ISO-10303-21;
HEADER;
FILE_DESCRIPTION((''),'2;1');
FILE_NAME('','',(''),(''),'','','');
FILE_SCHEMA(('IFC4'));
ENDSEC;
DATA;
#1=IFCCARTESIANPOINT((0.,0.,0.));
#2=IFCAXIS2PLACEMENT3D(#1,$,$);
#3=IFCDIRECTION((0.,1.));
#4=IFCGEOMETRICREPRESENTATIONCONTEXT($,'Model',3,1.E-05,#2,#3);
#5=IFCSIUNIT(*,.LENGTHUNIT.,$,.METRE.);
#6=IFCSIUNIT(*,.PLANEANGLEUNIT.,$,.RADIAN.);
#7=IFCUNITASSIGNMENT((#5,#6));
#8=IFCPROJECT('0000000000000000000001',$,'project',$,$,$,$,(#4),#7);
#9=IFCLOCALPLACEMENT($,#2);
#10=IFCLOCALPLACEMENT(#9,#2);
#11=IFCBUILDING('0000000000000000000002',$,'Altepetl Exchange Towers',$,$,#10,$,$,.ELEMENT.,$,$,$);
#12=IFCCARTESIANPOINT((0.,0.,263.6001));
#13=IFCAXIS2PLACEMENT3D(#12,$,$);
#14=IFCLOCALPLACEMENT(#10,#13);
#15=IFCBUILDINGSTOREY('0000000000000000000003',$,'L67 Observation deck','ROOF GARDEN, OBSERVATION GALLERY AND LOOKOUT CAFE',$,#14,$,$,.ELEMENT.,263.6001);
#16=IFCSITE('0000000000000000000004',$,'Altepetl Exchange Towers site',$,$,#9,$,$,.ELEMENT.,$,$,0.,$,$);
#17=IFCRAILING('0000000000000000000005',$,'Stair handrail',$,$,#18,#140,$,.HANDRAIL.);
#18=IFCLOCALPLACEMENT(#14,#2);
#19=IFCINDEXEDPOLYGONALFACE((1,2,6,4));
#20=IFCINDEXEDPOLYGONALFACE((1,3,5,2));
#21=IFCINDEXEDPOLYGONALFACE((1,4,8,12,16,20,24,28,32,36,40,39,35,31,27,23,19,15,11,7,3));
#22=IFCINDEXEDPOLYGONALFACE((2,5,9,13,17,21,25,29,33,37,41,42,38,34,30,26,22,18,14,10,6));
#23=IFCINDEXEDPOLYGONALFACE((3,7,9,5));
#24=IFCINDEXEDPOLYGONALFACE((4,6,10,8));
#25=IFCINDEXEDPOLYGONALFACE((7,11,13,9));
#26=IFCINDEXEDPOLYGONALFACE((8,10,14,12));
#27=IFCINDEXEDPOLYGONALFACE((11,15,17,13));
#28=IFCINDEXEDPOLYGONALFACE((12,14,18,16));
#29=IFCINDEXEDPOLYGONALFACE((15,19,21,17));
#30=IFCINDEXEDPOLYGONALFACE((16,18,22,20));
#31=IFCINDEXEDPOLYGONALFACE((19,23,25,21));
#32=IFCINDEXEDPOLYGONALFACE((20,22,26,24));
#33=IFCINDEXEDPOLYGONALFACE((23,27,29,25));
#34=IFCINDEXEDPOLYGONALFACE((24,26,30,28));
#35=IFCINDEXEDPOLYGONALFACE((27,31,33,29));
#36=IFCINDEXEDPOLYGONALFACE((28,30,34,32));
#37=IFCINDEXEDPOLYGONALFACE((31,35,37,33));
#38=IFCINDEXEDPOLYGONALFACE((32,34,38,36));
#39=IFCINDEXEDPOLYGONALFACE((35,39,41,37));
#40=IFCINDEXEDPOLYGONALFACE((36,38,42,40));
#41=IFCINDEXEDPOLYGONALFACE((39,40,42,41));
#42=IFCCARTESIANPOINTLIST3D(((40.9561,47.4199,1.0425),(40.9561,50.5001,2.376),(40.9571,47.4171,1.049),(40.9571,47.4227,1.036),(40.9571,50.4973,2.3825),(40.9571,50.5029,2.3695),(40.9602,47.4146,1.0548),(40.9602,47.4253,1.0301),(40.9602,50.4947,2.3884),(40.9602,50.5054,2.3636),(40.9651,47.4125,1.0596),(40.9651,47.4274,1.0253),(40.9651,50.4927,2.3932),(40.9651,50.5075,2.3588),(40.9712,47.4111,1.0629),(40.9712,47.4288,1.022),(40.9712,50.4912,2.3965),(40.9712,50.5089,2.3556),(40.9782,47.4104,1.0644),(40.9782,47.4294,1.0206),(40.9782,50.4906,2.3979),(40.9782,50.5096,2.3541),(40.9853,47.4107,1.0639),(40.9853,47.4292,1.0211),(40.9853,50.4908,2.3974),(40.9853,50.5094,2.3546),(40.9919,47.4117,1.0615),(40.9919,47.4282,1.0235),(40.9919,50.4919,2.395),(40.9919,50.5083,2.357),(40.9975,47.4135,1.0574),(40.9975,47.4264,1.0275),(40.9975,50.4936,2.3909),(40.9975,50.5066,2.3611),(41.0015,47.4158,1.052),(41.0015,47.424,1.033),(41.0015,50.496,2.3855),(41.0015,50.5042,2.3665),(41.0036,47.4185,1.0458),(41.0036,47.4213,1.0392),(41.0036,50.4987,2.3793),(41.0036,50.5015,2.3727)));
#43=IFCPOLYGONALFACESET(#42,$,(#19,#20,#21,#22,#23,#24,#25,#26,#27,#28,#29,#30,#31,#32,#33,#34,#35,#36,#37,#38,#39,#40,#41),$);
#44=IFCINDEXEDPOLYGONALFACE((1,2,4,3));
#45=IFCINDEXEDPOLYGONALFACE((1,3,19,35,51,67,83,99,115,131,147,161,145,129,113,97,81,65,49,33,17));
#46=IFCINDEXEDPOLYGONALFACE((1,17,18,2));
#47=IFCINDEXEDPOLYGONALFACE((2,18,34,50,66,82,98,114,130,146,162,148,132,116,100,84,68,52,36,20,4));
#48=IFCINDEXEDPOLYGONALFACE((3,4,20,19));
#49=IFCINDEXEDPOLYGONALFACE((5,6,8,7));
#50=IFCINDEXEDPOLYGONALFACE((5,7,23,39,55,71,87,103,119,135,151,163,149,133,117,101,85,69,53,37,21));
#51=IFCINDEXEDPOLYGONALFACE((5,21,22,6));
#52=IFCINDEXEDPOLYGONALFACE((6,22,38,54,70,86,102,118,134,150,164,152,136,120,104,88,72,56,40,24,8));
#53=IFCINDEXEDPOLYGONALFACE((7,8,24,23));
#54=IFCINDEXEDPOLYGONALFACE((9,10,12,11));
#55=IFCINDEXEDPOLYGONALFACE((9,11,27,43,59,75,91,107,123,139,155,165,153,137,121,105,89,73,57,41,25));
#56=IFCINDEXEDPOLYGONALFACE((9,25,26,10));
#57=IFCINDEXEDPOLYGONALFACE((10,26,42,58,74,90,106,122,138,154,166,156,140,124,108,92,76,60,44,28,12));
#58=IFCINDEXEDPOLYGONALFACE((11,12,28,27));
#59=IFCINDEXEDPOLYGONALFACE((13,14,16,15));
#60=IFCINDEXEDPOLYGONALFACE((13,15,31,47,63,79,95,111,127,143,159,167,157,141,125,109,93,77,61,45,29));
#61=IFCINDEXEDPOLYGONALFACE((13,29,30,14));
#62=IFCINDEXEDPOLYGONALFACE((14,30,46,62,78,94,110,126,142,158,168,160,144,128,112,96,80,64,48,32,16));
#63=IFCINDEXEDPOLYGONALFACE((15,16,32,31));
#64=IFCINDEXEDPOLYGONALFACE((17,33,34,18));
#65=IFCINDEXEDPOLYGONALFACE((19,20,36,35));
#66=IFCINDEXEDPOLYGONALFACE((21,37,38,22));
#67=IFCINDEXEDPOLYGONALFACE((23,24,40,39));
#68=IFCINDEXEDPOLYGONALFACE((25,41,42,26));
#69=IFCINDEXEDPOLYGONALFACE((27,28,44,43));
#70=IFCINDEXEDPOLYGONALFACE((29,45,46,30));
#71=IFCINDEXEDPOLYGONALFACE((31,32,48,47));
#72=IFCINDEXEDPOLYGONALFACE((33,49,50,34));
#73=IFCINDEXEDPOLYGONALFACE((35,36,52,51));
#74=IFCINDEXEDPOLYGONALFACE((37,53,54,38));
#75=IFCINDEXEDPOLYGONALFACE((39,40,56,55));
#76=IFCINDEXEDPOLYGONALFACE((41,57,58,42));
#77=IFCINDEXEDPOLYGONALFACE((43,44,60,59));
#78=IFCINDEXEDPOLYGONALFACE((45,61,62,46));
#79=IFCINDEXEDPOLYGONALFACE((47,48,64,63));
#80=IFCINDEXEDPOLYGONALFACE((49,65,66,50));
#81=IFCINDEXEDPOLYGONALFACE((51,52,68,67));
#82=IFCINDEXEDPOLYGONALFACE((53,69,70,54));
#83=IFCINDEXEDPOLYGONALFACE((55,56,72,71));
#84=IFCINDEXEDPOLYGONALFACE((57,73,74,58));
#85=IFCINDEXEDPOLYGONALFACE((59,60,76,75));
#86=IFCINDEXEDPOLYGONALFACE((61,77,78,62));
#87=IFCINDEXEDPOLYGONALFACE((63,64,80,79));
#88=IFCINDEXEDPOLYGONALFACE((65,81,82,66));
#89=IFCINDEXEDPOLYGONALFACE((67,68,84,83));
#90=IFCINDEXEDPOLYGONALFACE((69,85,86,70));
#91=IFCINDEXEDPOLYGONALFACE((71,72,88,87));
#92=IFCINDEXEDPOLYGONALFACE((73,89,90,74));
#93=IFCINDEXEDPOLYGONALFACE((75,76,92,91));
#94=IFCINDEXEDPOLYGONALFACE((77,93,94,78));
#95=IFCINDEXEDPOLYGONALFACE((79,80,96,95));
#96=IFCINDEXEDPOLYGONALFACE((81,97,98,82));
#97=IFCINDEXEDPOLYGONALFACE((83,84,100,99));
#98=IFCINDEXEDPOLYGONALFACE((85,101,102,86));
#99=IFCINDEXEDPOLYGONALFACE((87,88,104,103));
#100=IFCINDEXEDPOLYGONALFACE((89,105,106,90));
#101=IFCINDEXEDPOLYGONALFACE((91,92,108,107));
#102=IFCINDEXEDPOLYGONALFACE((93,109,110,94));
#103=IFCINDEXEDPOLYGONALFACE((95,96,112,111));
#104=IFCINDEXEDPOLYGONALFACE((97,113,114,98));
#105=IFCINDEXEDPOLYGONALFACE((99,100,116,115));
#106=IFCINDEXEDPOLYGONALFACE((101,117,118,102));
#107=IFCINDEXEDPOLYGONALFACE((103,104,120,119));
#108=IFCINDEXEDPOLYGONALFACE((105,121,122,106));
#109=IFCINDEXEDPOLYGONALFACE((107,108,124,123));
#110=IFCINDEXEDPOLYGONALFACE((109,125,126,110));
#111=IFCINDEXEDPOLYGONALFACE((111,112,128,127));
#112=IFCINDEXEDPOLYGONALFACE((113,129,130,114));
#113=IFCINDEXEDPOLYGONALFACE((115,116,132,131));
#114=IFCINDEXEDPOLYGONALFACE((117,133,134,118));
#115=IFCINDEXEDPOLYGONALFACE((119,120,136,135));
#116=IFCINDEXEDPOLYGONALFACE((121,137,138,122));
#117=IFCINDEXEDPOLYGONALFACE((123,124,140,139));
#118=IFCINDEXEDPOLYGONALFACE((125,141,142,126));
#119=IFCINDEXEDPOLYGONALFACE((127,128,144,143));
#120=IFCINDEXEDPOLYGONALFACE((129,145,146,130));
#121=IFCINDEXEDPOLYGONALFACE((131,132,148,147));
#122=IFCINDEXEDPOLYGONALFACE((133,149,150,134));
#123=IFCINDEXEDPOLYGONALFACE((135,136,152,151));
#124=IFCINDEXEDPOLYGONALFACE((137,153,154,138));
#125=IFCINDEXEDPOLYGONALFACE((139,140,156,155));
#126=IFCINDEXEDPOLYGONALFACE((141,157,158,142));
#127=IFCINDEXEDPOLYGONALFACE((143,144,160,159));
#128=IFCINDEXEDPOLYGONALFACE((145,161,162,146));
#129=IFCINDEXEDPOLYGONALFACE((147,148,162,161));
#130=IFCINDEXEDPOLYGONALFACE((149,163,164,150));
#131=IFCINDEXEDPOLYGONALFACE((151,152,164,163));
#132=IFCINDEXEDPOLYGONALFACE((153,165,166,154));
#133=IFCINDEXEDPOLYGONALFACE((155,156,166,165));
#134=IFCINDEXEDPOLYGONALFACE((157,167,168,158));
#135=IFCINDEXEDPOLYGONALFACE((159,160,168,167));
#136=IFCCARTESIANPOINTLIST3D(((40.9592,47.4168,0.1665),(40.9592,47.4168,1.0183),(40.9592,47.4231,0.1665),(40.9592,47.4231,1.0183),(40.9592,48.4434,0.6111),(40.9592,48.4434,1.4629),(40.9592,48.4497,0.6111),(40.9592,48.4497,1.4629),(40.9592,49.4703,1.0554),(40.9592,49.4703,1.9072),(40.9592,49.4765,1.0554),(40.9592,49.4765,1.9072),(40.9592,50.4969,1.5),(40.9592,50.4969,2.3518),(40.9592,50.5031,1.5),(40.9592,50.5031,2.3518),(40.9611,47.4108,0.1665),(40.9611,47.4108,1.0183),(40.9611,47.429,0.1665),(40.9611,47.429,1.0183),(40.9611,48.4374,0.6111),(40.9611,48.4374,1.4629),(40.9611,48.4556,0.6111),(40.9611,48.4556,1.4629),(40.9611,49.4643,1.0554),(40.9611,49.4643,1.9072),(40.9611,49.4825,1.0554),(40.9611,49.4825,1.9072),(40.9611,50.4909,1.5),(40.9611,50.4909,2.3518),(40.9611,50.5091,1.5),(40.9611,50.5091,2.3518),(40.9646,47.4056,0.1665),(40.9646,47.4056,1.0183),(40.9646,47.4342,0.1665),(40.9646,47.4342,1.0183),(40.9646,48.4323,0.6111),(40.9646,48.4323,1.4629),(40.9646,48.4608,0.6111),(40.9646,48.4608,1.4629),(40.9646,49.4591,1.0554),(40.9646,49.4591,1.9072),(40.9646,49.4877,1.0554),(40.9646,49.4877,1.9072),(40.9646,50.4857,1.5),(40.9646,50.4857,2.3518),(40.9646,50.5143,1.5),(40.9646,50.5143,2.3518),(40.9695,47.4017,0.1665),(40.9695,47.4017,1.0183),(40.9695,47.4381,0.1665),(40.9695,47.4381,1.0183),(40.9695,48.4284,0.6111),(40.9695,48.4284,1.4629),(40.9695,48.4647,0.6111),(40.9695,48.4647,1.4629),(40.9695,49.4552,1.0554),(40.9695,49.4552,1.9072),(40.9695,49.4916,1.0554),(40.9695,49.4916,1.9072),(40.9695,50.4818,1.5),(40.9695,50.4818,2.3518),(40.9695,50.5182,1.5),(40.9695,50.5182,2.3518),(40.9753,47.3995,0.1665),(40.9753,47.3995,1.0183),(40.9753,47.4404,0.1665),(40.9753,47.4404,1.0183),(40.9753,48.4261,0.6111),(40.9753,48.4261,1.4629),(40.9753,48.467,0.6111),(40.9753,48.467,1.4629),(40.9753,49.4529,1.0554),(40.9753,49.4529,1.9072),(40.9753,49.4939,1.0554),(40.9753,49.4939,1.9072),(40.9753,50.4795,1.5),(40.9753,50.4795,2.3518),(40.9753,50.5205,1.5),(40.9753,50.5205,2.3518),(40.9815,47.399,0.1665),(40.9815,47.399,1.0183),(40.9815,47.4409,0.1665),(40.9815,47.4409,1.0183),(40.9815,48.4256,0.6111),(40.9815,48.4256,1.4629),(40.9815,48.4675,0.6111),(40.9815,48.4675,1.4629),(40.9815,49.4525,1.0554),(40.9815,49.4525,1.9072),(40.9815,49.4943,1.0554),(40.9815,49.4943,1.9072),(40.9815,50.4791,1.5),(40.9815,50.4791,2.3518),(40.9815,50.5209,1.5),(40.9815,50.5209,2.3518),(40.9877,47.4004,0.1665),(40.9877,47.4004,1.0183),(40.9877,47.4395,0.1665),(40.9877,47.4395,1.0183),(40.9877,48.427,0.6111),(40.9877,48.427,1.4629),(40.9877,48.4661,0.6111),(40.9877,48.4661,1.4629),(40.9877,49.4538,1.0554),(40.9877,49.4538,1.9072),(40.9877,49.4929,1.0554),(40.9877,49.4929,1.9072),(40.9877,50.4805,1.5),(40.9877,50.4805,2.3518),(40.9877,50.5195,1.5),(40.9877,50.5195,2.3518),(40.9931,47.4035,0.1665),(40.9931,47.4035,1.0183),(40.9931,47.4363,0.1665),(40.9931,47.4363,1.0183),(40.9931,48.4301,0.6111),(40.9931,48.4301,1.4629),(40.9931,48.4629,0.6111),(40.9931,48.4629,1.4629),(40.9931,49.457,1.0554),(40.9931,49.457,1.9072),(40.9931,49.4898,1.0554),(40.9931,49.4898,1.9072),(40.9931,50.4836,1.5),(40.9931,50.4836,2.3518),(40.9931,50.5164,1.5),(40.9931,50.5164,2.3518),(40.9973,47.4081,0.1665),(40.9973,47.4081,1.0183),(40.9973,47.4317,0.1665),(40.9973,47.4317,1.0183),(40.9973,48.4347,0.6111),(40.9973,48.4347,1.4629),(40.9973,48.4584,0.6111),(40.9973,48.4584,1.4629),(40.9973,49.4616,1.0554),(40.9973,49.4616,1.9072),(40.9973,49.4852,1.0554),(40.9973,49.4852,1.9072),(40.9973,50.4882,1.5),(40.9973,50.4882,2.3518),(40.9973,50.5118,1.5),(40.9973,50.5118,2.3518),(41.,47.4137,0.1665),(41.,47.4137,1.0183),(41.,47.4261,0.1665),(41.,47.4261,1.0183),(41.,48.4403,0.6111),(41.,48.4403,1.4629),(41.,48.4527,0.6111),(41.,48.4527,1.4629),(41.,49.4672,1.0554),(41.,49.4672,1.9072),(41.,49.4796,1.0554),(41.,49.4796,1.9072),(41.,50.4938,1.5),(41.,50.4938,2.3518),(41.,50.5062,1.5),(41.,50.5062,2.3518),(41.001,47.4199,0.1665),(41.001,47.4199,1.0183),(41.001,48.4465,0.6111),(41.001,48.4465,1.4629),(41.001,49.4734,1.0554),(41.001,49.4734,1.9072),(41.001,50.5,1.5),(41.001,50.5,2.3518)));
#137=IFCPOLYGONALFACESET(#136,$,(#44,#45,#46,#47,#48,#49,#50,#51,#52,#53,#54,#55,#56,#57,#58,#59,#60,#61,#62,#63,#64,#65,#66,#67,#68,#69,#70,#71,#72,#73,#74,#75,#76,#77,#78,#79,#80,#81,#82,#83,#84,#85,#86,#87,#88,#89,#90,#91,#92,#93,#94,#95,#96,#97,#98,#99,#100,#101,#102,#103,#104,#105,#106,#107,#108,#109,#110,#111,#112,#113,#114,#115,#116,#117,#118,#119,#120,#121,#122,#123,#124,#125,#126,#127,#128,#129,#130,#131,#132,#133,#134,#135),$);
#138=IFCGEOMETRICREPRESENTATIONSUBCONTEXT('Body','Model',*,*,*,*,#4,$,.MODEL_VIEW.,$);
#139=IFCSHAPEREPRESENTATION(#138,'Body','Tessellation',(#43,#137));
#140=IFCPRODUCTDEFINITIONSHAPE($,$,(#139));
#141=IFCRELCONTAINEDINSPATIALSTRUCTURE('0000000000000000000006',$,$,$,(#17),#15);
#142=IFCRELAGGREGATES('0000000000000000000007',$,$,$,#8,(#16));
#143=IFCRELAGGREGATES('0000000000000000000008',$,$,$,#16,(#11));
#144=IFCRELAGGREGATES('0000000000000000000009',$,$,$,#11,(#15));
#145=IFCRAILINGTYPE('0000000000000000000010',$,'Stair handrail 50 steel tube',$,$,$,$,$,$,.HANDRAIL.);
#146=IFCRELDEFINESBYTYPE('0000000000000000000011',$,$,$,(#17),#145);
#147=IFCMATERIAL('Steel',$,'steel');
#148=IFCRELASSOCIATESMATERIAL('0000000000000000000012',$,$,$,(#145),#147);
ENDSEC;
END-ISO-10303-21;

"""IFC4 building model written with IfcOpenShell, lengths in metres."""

from ifc_helpers import new_model, si_unit, direction, frame, origin, origin_2d, place, context, subcontext, project, spatial, circle, extrude, source, transform, mapped, material, type_object, element, save


model = new_model("IFC4")

# Units and contexts
model_context = context("Model", 3, precision=1e-05, world=origin(), true_north=direction((0.0, 1.0)))
body_context = subcontext(model_context, "Body", "Model", "MODEL_VIEW")
ifc_project = project(units=[si_unit("LENGTHUNIT", "METRE"), si_unit("PLANEANGLEUNIT", "RADIAN")], contexts=[model_context])

# Site, building, storey
site_placement = place(None, origin())
site = spatial("IfcSite", under=ifc_project, at=site_placement, Name="Altepetl Exchange Towers site", CompositionType="ELEMENT", RefElevation=0.0)
building_placement = place(site_placement, origin())
building = spatial("IfcBuilding", under=site, at=building_placement, Name="Altepetl Exchange Towers", CompositionType="ELEMENT")
storey_placement = place(building_placement, frame((0.0, 0.0, 263.6001)))
storey = spatial("IfcBuildingStorey", under=building, at=storey_placement, Name="L67 Observation deck", Description="ROOF GARDEN, OBSERVATION GALLERY AND LOOKOUT CAFE", CompositionType="ELEMENT", Elevation=263.6001)

# Railing
ifc_material_1 = material(Name="Steel", Category="steel")
railing_type = type_object("IfcRailingType", Name="Stair handrail 50 steel tube", PredefinedType="HANDRAIL", material=ifc_material_1)
shared_shape = source(origin(), body_context, "Body", "SweptSolid", [
    extrude(circle(Radius=0.021, at=origin_2d()), origin(), (0.0, 0.0, 1.0), 0.8518),
])
for number, where, name in (
    (1, (40.98, 47.4199, 0.1665), "Stair handrail"),
):
    element("IfcRailing", number, at=place(storey_placement, frame(where)), inside=storey, type_object=railing_type, Name=name, PredefinedType="HANDRAIL", context=body_context, shape_type="SweptSolid", body=[
        extrude(circle(Radius=0.0239, at=origin_2d()), frame((0.0, 0.0, 0.876), z_axis=(0.0, 0.917686, 0.397305), x_axis=(-1.0, 0.0, 0.0)), (0.0, 0.0, 1.0), 3.3564),
        mapped(shared_shape, transform((0.0, 0.0, 0.0))),
        mapped(shared_shape, transform((0.0, 1.0266, 0.4446))),
        mapped(shared_shape, transform((0.0, 2.0535, 0.8889))),
        mapped(shared_shape, transform((0.0, 3.0801, 1.3335))),
    ])

save(model, "model.ifc")
